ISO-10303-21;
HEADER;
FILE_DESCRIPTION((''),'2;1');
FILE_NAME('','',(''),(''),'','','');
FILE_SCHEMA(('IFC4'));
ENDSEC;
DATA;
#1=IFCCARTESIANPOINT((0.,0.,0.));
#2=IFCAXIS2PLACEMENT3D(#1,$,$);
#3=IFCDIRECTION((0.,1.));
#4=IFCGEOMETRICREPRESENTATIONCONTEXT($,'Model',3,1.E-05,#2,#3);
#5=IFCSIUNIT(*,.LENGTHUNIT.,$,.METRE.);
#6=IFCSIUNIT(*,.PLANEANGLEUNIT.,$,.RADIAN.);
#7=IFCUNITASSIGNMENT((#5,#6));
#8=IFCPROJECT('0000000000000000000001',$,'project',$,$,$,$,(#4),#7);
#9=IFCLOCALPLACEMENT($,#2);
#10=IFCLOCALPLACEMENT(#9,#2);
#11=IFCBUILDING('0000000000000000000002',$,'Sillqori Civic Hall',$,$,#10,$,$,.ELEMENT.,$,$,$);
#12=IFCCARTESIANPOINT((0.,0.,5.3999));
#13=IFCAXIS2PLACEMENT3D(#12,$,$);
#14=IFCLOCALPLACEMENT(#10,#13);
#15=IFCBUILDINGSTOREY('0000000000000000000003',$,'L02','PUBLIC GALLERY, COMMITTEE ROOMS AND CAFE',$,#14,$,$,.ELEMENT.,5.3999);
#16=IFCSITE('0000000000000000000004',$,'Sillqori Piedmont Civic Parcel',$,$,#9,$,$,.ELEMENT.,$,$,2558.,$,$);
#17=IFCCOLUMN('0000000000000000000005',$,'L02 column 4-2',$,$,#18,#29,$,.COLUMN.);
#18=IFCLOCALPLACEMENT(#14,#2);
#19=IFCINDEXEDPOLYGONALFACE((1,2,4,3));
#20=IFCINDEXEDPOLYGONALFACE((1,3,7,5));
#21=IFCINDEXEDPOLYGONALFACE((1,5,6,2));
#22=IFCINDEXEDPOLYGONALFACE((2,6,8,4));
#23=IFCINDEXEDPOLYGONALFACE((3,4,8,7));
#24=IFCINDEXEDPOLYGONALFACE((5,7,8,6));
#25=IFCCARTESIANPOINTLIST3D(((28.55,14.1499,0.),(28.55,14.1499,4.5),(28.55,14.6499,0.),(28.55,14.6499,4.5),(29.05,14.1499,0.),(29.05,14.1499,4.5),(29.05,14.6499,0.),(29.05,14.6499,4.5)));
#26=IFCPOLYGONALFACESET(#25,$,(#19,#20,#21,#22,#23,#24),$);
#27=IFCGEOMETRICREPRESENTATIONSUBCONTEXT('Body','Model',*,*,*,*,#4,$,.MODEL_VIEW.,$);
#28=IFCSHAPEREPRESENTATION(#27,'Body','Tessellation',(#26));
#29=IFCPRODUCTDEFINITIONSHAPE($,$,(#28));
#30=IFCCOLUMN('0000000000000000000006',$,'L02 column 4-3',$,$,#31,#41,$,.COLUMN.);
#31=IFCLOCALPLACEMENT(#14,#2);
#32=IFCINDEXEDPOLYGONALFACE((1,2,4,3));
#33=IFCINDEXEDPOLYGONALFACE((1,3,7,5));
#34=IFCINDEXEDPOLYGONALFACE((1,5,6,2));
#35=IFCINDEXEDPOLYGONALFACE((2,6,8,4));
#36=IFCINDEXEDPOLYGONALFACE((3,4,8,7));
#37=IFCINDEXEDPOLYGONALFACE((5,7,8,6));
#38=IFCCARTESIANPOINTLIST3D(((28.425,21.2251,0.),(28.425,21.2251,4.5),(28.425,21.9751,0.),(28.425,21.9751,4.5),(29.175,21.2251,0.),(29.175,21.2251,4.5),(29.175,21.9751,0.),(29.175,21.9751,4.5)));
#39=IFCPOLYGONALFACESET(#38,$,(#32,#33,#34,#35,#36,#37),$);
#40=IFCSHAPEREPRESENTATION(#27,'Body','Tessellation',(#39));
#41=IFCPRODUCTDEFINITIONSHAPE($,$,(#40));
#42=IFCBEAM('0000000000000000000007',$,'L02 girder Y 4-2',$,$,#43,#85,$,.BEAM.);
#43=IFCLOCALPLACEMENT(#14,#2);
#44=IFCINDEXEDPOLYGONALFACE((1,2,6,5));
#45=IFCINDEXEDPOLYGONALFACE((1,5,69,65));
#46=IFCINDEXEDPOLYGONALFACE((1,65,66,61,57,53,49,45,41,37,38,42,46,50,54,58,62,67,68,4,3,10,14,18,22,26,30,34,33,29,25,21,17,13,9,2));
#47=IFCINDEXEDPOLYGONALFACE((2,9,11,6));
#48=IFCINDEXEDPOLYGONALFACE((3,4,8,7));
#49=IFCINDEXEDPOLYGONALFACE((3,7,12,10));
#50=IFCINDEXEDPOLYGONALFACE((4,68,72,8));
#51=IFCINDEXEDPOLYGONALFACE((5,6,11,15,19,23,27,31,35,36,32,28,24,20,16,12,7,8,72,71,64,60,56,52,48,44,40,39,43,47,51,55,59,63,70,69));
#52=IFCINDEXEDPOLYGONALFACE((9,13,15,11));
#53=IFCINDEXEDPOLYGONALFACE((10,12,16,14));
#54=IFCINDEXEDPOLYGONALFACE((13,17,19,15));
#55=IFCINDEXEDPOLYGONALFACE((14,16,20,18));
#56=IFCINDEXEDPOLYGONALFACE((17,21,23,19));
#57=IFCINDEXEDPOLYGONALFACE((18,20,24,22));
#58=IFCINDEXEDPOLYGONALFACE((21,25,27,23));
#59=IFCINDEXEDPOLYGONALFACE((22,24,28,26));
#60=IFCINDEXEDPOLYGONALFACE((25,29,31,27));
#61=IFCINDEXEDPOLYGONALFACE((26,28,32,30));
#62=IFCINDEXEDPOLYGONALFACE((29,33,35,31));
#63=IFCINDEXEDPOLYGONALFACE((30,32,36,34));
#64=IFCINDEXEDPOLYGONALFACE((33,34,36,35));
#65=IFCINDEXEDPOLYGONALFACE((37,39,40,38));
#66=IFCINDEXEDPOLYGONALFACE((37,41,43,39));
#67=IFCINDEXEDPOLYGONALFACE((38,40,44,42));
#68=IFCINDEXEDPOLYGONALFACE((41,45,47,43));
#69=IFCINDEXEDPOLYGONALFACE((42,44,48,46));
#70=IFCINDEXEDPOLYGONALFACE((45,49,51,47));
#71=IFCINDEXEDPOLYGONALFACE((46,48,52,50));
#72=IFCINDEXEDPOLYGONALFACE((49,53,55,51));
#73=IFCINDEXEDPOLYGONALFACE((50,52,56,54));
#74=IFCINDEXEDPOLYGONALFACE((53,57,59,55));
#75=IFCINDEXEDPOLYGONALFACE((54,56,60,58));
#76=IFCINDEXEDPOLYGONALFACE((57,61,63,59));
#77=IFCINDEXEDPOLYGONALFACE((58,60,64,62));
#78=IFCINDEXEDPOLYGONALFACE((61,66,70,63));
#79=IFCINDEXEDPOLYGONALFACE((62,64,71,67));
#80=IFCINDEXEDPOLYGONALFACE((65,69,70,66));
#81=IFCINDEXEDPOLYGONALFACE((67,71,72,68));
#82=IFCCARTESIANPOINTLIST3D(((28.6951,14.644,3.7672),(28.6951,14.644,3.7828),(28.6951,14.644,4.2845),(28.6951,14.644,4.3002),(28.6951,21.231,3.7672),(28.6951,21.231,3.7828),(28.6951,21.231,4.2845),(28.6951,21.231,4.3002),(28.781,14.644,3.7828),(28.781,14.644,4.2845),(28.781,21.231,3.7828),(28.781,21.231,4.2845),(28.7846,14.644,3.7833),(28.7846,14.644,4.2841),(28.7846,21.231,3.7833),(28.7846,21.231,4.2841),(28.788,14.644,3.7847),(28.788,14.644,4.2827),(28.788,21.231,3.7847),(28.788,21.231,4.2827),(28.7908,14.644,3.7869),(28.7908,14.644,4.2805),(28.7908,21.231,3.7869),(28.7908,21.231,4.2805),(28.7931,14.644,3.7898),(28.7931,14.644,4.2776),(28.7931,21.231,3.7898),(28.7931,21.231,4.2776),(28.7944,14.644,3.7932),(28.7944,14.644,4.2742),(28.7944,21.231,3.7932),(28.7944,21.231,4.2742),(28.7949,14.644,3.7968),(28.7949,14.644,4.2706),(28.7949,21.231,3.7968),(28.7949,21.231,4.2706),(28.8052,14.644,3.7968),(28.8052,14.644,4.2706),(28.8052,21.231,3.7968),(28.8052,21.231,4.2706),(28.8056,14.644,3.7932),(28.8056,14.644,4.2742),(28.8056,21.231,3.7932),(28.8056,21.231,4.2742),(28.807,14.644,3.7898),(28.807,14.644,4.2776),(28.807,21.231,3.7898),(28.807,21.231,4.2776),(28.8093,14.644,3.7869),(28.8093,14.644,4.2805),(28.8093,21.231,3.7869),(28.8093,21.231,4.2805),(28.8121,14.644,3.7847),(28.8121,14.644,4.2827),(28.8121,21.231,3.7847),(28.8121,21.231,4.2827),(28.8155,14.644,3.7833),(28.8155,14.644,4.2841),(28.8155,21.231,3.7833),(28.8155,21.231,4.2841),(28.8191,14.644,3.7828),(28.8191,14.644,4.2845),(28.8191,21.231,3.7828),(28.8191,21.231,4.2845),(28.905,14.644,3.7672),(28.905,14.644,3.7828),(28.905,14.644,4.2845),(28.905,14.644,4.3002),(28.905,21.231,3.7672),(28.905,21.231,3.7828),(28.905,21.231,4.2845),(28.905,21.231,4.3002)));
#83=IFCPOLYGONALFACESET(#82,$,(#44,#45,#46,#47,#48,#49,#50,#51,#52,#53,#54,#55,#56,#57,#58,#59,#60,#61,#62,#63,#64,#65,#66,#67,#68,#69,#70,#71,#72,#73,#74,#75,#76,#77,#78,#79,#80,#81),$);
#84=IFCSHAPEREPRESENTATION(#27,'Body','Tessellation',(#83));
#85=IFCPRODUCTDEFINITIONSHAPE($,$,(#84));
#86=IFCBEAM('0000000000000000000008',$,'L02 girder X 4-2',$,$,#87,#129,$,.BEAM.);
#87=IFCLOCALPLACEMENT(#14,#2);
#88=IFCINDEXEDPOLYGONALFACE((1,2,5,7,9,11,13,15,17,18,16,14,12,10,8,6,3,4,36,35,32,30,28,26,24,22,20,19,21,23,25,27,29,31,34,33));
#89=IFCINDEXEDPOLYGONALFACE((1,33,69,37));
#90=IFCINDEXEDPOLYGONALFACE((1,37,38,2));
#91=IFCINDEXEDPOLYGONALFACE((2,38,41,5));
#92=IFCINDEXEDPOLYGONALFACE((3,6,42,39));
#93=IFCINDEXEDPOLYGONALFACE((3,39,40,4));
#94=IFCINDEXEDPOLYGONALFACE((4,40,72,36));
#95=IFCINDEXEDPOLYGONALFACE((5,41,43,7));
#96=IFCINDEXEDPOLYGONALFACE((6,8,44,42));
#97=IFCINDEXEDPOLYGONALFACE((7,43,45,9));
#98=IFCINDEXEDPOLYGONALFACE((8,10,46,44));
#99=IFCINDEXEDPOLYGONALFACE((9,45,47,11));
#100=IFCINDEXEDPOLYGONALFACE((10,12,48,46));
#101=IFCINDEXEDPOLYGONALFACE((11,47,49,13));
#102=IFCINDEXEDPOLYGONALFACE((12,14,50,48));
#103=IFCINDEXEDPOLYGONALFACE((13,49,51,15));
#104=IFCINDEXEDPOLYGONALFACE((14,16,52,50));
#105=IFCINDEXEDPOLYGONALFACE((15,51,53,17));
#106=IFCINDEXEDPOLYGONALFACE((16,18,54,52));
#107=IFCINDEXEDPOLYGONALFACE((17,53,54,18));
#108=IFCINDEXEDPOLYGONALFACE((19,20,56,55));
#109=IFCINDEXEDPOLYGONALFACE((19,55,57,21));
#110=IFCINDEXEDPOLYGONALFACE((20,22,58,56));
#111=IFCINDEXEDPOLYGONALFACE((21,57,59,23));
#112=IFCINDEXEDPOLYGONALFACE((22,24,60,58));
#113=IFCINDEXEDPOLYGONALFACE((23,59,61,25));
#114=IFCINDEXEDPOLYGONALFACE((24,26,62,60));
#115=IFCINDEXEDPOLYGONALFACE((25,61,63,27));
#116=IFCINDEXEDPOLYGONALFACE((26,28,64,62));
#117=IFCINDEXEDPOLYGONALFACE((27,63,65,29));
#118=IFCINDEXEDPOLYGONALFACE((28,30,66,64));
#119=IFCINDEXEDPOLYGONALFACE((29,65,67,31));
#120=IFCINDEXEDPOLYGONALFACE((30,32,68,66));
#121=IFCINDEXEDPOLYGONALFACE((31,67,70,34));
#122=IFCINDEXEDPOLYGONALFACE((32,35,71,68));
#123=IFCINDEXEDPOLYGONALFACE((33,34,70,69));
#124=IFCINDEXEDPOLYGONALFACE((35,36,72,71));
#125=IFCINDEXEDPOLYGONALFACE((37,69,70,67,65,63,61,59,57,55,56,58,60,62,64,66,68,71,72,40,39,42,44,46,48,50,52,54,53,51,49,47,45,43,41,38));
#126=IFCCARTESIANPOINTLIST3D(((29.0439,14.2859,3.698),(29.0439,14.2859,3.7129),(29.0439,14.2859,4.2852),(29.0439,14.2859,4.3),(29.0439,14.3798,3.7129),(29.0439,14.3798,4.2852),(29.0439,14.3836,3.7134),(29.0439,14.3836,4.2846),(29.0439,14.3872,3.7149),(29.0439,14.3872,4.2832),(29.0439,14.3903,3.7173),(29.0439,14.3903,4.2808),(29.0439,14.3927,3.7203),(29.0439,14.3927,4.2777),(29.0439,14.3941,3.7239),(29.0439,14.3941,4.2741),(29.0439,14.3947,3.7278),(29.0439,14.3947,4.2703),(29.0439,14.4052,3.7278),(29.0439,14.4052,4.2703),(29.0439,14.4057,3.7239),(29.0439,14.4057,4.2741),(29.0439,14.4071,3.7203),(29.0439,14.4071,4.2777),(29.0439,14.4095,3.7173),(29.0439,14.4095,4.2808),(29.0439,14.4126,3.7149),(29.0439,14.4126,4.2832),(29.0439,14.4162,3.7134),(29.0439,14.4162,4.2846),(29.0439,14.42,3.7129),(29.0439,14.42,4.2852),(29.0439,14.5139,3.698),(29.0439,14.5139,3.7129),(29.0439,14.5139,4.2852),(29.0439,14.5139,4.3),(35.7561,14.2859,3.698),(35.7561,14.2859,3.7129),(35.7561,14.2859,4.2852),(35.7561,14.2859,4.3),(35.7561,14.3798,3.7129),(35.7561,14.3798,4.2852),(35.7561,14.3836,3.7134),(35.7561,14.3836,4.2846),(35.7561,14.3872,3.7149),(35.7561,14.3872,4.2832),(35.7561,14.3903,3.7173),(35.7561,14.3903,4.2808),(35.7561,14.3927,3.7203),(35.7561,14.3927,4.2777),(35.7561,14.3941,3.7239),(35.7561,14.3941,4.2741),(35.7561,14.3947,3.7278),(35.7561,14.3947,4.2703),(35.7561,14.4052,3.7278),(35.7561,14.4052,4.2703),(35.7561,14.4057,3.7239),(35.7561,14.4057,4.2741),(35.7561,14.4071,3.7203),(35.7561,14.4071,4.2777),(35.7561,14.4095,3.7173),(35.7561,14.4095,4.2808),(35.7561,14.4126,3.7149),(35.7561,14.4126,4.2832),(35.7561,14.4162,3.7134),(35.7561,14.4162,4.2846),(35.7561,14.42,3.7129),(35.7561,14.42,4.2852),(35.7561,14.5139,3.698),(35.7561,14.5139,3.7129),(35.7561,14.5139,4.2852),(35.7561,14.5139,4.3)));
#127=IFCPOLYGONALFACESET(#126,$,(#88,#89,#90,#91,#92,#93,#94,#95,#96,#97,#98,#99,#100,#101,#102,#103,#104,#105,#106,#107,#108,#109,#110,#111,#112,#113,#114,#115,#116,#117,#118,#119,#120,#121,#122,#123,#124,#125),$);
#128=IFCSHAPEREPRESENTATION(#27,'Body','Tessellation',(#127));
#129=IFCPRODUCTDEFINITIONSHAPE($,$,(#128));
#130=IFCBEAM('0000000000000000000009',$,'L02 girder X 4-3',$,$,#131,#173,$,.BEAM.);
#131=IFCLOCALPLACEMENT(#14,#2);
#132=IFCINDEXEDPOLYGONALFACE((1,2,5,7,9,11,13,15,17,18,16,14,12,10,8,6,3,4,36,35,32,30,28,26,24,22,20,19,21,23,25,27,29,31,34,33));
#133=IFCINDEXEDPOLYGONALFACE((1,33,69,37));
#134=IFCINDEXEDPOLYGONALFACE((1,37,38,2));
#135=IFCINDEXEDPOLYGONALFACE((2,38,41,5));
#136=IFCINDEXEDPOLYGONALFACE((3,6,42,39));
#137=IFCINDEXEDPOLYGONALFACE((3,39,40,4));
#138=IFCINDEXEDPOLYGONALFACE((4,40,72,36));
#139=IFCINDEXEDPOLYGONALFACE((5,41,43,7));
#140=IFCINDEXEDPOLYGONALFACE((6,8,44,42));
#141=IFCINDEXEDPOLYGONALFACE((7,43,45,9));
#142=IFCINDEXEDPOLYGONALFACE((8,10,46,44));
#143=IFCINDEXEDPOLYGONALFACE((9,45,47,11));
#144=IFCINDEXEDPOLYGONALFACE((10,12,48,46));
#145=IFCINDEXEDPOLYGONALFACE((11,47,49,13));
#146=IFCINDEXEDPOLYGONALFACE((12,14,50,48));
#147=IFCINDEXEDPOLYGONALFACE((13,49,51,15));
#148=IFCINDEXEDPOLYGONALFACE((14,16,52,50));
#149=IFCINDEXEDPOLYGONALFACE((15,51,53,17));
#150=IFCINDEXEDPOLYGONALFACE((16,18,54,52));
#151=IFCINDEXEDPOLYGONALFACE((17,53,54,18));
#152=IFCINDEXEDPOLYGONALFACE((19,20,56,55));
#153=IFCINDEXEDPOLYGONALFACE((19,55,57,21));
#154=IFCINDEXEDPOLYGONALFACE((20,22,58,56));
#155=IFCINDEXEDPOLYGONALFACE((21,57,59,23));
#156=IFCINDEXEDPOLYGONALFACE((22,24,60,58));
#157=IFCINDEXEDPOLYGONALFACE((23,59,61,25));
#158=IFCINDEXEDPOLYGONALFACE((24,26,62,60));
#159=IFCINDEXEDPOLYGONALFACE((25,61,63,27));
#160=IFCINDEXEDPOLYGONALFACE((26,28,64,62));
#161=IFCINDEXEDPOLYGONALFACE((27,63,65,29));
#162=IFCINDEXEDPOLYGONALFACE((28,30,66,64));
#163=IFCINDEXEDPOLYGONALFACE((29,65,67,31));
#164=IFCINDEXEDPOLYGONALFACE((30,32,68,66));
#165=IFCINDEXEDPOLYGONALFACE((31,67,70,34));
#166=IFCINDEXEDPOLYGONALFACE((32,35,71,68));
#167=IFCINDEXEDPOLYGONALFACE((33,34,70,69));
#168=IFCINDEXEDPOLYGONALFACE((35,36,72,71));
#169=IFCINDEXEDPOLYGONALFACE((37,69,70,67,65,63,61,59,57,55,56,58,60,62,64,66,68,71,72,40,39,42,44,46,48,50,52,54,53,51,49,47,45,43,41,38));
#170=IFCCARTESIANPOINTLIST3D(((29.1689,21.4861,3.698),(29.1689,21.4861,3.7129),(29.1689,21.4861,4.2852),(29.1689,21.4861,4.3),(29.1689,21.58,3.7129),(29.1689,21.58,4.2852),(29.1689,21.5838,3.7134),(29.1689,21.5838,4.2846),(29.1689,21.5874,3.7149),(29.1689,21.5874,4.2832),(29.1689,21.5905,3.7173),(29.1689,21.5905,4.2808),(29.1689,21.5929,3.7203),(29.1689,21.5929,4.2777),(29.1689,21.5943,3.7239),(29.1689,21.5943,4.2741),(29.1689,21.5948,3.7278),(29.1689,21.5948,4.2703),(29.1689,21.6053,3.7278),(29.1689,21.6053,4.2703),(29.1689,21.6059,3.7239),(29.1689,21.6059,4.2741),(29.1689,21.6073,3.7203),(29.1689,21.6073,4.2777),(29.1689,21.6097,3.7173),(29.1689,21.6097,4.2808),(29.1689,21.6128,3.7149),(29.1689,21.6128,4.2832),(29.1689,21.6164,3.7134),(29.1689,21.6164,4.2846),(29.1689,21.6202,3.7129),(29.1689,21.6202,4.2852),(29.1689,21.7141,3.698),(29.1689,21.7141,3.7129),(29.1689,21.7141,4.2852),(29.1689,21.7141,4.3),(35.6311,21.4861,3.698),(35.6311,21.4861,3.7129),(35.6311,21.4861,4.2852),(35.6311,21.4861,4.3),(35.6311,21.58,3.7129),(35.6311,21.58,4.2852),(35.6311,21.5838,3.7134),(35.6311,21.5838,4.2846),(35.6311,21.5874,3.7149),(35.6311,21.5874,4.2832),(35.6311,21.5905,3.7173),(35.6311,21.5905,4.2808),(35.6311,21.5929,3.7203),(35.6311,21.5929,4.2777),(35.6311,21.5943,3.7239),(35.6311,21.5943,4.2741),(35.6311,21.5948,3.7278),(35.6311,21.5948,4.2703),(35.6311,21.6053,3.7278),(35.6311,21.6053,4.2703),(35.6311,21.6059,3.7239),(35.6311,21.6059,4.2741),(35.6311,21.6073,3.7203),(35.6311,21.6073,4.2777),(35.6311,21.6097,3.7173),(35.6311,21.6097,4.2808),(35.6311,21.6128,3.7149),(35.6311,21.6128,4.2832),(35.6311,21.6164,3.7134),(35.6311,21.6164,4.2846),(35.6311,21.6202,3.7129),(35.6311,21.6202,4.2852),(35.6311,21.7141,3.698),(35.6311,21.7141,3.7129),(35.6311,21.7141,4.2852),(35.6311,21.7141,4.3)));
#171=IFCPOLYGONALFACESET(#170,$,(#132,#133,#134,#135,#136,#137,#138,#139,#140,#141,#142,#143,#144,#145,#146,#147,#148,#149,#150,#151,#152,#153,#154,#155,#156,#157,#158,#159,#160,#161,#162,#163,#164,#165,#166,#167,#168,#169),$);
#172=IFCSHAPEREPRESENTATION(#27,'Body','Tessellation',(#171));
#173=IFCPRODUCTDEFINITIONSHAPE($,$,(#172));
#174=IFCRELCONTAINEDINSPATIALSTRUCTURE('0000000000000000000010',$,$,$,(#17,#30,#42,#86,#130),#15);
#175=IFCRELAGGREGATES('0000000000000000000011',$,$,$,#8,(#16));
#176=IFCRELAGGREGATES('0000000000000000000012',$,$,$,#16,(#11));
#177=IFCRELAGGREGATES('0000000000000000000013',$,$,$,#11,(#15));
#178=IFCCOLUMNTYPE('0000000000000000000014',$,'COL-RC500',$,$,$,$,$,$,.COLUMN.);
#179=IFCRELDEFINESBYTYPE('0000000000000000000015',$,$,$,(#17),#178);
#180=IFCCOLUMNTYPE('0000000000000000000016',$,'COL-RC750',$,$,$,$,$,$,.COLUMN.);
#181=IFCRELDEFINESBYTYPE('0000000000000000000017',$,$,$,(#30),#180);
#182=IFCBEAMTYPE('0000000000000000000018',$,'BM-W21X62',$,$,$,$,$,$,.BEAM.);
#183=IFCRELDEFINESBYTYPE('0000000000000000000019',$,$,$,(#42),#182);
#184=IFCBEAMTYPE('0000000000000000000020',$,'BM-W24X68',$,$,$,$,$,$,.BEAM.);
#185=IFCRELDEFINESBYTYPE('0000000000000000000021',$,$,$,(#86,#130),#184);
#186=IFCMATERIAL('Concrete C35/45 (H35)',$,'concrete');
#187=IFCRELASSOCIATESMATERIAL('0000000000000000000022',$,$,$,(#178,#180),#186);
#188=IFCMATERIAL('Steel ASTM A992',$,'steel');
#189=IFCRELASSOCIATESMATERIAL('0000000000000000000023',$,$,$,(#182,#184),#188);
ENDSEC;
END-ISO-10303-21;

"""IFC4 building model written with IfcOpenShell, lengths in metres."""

from ifc_helpers import new_model, si_unit, direction, frame, origin, origin_2d, place, context, subcontext, project, spatial, rectangle, i_section, extrude, material, material_profile, profile_set, type_object, element, save


model = new_model("IFC4")

# Units and contexts
model_context = context("Model", 3, precision=1e-05, world=origin(), true_north=direction((0.0, 1.0)))
body_context = subcontext(model_context, "Body", "Model", "MODEL_VIEW")
ifc_project = project(units=[si_unit("LENGTHUNIT", "METRE"), si_unit("PLANEANGLEUNIT", "RADIAN")], contexts=[model_context])

# Site, building, storey
site_placement = place(None, origin())
site = spatial("IfcSite", under=ifc_project, at=site_placement, Name="Sillqori Piedmont Civic Parcel", CompositionType="ELEMENT", RefElevation=2558.0)
building_placement = place(site_placement, origin())
building = spatial("IfcBuilding", under=site, at=building_placement, Name="Sillqori Civic Hall", CompositionType="ELEMENT")
storey_placement = place(building_placement, frame((0.0, 0.0, 5.3999)))
storey = spatial("IfcBuildingStorey", under=building, at=storey_placement, Name="L02", Description="PUBLIC GALLERY, COMMITTEE ROOMS AND CAFE", CompositionType="ELEMENT", Elevation=5.3999)

# Columns
ifc_material_1 = material(Name="Concrete C35/45 (H35)", Category="concrete")
ifc_material_profile_1 = material_profile(ifc_material_1, rectangle(XDim=0.5, YDim=0.5, at=origin_2d()), Name="RC 500x500")
ifc_profile_set_1 = profile_set([ifc_material_profile_1], Name="Concrete C35/45 (H35)")
column_type_1 = type_object("IfcColumnType", Name="COL-RC500", PredefinedType="COLUMN", material=ifc_profile_set_1)
column_1_placement = place(storey_placement, frame((28.8, 14.3999, 0.0), z_axis=(0.0, 0.0, 1.0), x_axis=(1.0, 0.0, 0.0)))
element("IfcColumn", 1, at=column_1_placement, inside=storey, type_object=column_type_1, Name="L02 column 4-2", PredefinedType="COLUMN", context=body_context, shape_type="SweptSolid", body=[
    extrude(rectangle(XDim=0.5, YDim=0.5, at=origin_2d()), origin(), (0.0, 0.0, 1.0), 4.5),
])
ifc_material_profile_2 = material_profile(ifc_material_1, rectangle(XDim=0.75, YDim=0.75, at=origin_2d()), Name="RC 750x750")
ifc_profile_set_2 = profile_set([ifc_material_profile_2], Name="Concrete C35/45 (H35)")
column_type_2 = type_object("IfcColumnType", Name="COL-RC750", PredefinedType="COLUMN", material=ifc_profile_set_2)
column_2_placement = place(storey_placement, frame((28.8, 21.6001, 0.0), z_axis=(0.0, 0.0, 1.0), x_axis=(1.0, 0.0, 0.0)))
element("IfcColumn", 2, at=column_2_placement, inside=storey, type_object=column_type_2, Name="L02 column 4-3", PredefinedType="COLUMN", context=body_context, shape_type="SweptSolid", body=[
    extrude(rectangle(XDim=0.75, YDim=0.75, at=origin_2d()), origin(), (0.0, 0.0, 1.0), 4.5),
])

# Beams
ifc_material_2 = material(Name="Steel ASTM A992", Category="steel")
ifc_material_profile_3 = material_profile(ifc_material_2, i_section(OverallWidth=0.21, OverallDepth=0.533, WebThickness=0.0103, FlangeThickness=0.0156, FilletRadius=0.0139, at=origin_2d()), Name="W21X62")
ifc_profile_set_3 = profile_set([ifc_material_profile_3], Name="Steel ASTM A992")
beam_type_1 = type_object("IfcBeamType", Name="BM-W21X62", PredefinedType="BEAM", material=ifc_profile_set_3)
beam_1_placement = place(storey_placement, frame((28.8, 14.644, 4.0337), z_axis=(0.0, 1.0, 0.0), x_axis=(-1.0, 0.0, 0.0)))
element("IfcBeam", 3, at=beam_1_placement, inside=storey, type_object=beam_type_1, Name="L02 girder Y 4-2", PredefinedType="BEAM", context=body_context, shape_type="SweptSolid", body=[
    extrude(i_section(OverallWidth=0.21, OverallDepth=0.533, WebThickness=0.0103, FlangeThickness=0.0156, FilletRadius=0.0139, at=origin_2d()), origin(), (0.0, 0.0, 1.0), 6.5869),
])
ifc_material_profile_4 = material_profile(ifc_material_2, i_section(OverallWidth=0.228, OverallDepth=0.6021, WebThickness=0.0105, FlangeThickness=0.0149, FilletRadius=0.0149, at=origin_2d()), Name="W24X68")
ifc_profile_set_4 = profile_set([ifc_material_profile_4], Name="Steel ASTM A992")
beam_type_2 = type_object("IfcBeamType", Name="BM-W24X68", PredefinedType="BEAM", material=ifc_profile_set_4)
beam_2_placement = place(storey_placement, frame((29.0439, 14.3999, 3.999), z_axis=(1.0, 0.0, 0.0), x_axis=(0.0, 1.0, 0.0)))
element("IfcBeam", 4, at=beam_2_placement, inside=storey, type_object=beam_type_2, Name="L02 girder X 4-2", PredefinedType="BEAM", context=body_context, shape_type="SweptSolid", body=[
    extrude(i_section(OverallWidth=0.228, OverallDepth=0.6021, WebThickness=0.0105, FlangeThickness=0.0149, FilletRadius=0.0149, at=origin_2d()), origin(), (0.0, 0.0, 1.0), 6.7122),
])
beam_3_placement = place(storey_placement, frame((29.1689, 21.6001, 3.999), z_axis=(1.0, 0.0, 0.0), x_axis=(0.0, 1.0, 0.0)))
element("IfcBeam", 5, at=beam_3_placement, inside=storey, type_object=beam_type_2, Name="L02 girder X 4-3", PredefinedType="BEAM", context=body_context, shape_type="SweptSolid", body=[
    extrude(i_section(OverallWidth=0.228, OverallDepth=0.6021, WebThickness=0.0105, FlangeThickness=0.0149, FilletRadius=0.0149, at=origin_2d()), origin(), (0.0, 0.0, 1.0), 6.4622),
])

save(model, "model.ifc")
